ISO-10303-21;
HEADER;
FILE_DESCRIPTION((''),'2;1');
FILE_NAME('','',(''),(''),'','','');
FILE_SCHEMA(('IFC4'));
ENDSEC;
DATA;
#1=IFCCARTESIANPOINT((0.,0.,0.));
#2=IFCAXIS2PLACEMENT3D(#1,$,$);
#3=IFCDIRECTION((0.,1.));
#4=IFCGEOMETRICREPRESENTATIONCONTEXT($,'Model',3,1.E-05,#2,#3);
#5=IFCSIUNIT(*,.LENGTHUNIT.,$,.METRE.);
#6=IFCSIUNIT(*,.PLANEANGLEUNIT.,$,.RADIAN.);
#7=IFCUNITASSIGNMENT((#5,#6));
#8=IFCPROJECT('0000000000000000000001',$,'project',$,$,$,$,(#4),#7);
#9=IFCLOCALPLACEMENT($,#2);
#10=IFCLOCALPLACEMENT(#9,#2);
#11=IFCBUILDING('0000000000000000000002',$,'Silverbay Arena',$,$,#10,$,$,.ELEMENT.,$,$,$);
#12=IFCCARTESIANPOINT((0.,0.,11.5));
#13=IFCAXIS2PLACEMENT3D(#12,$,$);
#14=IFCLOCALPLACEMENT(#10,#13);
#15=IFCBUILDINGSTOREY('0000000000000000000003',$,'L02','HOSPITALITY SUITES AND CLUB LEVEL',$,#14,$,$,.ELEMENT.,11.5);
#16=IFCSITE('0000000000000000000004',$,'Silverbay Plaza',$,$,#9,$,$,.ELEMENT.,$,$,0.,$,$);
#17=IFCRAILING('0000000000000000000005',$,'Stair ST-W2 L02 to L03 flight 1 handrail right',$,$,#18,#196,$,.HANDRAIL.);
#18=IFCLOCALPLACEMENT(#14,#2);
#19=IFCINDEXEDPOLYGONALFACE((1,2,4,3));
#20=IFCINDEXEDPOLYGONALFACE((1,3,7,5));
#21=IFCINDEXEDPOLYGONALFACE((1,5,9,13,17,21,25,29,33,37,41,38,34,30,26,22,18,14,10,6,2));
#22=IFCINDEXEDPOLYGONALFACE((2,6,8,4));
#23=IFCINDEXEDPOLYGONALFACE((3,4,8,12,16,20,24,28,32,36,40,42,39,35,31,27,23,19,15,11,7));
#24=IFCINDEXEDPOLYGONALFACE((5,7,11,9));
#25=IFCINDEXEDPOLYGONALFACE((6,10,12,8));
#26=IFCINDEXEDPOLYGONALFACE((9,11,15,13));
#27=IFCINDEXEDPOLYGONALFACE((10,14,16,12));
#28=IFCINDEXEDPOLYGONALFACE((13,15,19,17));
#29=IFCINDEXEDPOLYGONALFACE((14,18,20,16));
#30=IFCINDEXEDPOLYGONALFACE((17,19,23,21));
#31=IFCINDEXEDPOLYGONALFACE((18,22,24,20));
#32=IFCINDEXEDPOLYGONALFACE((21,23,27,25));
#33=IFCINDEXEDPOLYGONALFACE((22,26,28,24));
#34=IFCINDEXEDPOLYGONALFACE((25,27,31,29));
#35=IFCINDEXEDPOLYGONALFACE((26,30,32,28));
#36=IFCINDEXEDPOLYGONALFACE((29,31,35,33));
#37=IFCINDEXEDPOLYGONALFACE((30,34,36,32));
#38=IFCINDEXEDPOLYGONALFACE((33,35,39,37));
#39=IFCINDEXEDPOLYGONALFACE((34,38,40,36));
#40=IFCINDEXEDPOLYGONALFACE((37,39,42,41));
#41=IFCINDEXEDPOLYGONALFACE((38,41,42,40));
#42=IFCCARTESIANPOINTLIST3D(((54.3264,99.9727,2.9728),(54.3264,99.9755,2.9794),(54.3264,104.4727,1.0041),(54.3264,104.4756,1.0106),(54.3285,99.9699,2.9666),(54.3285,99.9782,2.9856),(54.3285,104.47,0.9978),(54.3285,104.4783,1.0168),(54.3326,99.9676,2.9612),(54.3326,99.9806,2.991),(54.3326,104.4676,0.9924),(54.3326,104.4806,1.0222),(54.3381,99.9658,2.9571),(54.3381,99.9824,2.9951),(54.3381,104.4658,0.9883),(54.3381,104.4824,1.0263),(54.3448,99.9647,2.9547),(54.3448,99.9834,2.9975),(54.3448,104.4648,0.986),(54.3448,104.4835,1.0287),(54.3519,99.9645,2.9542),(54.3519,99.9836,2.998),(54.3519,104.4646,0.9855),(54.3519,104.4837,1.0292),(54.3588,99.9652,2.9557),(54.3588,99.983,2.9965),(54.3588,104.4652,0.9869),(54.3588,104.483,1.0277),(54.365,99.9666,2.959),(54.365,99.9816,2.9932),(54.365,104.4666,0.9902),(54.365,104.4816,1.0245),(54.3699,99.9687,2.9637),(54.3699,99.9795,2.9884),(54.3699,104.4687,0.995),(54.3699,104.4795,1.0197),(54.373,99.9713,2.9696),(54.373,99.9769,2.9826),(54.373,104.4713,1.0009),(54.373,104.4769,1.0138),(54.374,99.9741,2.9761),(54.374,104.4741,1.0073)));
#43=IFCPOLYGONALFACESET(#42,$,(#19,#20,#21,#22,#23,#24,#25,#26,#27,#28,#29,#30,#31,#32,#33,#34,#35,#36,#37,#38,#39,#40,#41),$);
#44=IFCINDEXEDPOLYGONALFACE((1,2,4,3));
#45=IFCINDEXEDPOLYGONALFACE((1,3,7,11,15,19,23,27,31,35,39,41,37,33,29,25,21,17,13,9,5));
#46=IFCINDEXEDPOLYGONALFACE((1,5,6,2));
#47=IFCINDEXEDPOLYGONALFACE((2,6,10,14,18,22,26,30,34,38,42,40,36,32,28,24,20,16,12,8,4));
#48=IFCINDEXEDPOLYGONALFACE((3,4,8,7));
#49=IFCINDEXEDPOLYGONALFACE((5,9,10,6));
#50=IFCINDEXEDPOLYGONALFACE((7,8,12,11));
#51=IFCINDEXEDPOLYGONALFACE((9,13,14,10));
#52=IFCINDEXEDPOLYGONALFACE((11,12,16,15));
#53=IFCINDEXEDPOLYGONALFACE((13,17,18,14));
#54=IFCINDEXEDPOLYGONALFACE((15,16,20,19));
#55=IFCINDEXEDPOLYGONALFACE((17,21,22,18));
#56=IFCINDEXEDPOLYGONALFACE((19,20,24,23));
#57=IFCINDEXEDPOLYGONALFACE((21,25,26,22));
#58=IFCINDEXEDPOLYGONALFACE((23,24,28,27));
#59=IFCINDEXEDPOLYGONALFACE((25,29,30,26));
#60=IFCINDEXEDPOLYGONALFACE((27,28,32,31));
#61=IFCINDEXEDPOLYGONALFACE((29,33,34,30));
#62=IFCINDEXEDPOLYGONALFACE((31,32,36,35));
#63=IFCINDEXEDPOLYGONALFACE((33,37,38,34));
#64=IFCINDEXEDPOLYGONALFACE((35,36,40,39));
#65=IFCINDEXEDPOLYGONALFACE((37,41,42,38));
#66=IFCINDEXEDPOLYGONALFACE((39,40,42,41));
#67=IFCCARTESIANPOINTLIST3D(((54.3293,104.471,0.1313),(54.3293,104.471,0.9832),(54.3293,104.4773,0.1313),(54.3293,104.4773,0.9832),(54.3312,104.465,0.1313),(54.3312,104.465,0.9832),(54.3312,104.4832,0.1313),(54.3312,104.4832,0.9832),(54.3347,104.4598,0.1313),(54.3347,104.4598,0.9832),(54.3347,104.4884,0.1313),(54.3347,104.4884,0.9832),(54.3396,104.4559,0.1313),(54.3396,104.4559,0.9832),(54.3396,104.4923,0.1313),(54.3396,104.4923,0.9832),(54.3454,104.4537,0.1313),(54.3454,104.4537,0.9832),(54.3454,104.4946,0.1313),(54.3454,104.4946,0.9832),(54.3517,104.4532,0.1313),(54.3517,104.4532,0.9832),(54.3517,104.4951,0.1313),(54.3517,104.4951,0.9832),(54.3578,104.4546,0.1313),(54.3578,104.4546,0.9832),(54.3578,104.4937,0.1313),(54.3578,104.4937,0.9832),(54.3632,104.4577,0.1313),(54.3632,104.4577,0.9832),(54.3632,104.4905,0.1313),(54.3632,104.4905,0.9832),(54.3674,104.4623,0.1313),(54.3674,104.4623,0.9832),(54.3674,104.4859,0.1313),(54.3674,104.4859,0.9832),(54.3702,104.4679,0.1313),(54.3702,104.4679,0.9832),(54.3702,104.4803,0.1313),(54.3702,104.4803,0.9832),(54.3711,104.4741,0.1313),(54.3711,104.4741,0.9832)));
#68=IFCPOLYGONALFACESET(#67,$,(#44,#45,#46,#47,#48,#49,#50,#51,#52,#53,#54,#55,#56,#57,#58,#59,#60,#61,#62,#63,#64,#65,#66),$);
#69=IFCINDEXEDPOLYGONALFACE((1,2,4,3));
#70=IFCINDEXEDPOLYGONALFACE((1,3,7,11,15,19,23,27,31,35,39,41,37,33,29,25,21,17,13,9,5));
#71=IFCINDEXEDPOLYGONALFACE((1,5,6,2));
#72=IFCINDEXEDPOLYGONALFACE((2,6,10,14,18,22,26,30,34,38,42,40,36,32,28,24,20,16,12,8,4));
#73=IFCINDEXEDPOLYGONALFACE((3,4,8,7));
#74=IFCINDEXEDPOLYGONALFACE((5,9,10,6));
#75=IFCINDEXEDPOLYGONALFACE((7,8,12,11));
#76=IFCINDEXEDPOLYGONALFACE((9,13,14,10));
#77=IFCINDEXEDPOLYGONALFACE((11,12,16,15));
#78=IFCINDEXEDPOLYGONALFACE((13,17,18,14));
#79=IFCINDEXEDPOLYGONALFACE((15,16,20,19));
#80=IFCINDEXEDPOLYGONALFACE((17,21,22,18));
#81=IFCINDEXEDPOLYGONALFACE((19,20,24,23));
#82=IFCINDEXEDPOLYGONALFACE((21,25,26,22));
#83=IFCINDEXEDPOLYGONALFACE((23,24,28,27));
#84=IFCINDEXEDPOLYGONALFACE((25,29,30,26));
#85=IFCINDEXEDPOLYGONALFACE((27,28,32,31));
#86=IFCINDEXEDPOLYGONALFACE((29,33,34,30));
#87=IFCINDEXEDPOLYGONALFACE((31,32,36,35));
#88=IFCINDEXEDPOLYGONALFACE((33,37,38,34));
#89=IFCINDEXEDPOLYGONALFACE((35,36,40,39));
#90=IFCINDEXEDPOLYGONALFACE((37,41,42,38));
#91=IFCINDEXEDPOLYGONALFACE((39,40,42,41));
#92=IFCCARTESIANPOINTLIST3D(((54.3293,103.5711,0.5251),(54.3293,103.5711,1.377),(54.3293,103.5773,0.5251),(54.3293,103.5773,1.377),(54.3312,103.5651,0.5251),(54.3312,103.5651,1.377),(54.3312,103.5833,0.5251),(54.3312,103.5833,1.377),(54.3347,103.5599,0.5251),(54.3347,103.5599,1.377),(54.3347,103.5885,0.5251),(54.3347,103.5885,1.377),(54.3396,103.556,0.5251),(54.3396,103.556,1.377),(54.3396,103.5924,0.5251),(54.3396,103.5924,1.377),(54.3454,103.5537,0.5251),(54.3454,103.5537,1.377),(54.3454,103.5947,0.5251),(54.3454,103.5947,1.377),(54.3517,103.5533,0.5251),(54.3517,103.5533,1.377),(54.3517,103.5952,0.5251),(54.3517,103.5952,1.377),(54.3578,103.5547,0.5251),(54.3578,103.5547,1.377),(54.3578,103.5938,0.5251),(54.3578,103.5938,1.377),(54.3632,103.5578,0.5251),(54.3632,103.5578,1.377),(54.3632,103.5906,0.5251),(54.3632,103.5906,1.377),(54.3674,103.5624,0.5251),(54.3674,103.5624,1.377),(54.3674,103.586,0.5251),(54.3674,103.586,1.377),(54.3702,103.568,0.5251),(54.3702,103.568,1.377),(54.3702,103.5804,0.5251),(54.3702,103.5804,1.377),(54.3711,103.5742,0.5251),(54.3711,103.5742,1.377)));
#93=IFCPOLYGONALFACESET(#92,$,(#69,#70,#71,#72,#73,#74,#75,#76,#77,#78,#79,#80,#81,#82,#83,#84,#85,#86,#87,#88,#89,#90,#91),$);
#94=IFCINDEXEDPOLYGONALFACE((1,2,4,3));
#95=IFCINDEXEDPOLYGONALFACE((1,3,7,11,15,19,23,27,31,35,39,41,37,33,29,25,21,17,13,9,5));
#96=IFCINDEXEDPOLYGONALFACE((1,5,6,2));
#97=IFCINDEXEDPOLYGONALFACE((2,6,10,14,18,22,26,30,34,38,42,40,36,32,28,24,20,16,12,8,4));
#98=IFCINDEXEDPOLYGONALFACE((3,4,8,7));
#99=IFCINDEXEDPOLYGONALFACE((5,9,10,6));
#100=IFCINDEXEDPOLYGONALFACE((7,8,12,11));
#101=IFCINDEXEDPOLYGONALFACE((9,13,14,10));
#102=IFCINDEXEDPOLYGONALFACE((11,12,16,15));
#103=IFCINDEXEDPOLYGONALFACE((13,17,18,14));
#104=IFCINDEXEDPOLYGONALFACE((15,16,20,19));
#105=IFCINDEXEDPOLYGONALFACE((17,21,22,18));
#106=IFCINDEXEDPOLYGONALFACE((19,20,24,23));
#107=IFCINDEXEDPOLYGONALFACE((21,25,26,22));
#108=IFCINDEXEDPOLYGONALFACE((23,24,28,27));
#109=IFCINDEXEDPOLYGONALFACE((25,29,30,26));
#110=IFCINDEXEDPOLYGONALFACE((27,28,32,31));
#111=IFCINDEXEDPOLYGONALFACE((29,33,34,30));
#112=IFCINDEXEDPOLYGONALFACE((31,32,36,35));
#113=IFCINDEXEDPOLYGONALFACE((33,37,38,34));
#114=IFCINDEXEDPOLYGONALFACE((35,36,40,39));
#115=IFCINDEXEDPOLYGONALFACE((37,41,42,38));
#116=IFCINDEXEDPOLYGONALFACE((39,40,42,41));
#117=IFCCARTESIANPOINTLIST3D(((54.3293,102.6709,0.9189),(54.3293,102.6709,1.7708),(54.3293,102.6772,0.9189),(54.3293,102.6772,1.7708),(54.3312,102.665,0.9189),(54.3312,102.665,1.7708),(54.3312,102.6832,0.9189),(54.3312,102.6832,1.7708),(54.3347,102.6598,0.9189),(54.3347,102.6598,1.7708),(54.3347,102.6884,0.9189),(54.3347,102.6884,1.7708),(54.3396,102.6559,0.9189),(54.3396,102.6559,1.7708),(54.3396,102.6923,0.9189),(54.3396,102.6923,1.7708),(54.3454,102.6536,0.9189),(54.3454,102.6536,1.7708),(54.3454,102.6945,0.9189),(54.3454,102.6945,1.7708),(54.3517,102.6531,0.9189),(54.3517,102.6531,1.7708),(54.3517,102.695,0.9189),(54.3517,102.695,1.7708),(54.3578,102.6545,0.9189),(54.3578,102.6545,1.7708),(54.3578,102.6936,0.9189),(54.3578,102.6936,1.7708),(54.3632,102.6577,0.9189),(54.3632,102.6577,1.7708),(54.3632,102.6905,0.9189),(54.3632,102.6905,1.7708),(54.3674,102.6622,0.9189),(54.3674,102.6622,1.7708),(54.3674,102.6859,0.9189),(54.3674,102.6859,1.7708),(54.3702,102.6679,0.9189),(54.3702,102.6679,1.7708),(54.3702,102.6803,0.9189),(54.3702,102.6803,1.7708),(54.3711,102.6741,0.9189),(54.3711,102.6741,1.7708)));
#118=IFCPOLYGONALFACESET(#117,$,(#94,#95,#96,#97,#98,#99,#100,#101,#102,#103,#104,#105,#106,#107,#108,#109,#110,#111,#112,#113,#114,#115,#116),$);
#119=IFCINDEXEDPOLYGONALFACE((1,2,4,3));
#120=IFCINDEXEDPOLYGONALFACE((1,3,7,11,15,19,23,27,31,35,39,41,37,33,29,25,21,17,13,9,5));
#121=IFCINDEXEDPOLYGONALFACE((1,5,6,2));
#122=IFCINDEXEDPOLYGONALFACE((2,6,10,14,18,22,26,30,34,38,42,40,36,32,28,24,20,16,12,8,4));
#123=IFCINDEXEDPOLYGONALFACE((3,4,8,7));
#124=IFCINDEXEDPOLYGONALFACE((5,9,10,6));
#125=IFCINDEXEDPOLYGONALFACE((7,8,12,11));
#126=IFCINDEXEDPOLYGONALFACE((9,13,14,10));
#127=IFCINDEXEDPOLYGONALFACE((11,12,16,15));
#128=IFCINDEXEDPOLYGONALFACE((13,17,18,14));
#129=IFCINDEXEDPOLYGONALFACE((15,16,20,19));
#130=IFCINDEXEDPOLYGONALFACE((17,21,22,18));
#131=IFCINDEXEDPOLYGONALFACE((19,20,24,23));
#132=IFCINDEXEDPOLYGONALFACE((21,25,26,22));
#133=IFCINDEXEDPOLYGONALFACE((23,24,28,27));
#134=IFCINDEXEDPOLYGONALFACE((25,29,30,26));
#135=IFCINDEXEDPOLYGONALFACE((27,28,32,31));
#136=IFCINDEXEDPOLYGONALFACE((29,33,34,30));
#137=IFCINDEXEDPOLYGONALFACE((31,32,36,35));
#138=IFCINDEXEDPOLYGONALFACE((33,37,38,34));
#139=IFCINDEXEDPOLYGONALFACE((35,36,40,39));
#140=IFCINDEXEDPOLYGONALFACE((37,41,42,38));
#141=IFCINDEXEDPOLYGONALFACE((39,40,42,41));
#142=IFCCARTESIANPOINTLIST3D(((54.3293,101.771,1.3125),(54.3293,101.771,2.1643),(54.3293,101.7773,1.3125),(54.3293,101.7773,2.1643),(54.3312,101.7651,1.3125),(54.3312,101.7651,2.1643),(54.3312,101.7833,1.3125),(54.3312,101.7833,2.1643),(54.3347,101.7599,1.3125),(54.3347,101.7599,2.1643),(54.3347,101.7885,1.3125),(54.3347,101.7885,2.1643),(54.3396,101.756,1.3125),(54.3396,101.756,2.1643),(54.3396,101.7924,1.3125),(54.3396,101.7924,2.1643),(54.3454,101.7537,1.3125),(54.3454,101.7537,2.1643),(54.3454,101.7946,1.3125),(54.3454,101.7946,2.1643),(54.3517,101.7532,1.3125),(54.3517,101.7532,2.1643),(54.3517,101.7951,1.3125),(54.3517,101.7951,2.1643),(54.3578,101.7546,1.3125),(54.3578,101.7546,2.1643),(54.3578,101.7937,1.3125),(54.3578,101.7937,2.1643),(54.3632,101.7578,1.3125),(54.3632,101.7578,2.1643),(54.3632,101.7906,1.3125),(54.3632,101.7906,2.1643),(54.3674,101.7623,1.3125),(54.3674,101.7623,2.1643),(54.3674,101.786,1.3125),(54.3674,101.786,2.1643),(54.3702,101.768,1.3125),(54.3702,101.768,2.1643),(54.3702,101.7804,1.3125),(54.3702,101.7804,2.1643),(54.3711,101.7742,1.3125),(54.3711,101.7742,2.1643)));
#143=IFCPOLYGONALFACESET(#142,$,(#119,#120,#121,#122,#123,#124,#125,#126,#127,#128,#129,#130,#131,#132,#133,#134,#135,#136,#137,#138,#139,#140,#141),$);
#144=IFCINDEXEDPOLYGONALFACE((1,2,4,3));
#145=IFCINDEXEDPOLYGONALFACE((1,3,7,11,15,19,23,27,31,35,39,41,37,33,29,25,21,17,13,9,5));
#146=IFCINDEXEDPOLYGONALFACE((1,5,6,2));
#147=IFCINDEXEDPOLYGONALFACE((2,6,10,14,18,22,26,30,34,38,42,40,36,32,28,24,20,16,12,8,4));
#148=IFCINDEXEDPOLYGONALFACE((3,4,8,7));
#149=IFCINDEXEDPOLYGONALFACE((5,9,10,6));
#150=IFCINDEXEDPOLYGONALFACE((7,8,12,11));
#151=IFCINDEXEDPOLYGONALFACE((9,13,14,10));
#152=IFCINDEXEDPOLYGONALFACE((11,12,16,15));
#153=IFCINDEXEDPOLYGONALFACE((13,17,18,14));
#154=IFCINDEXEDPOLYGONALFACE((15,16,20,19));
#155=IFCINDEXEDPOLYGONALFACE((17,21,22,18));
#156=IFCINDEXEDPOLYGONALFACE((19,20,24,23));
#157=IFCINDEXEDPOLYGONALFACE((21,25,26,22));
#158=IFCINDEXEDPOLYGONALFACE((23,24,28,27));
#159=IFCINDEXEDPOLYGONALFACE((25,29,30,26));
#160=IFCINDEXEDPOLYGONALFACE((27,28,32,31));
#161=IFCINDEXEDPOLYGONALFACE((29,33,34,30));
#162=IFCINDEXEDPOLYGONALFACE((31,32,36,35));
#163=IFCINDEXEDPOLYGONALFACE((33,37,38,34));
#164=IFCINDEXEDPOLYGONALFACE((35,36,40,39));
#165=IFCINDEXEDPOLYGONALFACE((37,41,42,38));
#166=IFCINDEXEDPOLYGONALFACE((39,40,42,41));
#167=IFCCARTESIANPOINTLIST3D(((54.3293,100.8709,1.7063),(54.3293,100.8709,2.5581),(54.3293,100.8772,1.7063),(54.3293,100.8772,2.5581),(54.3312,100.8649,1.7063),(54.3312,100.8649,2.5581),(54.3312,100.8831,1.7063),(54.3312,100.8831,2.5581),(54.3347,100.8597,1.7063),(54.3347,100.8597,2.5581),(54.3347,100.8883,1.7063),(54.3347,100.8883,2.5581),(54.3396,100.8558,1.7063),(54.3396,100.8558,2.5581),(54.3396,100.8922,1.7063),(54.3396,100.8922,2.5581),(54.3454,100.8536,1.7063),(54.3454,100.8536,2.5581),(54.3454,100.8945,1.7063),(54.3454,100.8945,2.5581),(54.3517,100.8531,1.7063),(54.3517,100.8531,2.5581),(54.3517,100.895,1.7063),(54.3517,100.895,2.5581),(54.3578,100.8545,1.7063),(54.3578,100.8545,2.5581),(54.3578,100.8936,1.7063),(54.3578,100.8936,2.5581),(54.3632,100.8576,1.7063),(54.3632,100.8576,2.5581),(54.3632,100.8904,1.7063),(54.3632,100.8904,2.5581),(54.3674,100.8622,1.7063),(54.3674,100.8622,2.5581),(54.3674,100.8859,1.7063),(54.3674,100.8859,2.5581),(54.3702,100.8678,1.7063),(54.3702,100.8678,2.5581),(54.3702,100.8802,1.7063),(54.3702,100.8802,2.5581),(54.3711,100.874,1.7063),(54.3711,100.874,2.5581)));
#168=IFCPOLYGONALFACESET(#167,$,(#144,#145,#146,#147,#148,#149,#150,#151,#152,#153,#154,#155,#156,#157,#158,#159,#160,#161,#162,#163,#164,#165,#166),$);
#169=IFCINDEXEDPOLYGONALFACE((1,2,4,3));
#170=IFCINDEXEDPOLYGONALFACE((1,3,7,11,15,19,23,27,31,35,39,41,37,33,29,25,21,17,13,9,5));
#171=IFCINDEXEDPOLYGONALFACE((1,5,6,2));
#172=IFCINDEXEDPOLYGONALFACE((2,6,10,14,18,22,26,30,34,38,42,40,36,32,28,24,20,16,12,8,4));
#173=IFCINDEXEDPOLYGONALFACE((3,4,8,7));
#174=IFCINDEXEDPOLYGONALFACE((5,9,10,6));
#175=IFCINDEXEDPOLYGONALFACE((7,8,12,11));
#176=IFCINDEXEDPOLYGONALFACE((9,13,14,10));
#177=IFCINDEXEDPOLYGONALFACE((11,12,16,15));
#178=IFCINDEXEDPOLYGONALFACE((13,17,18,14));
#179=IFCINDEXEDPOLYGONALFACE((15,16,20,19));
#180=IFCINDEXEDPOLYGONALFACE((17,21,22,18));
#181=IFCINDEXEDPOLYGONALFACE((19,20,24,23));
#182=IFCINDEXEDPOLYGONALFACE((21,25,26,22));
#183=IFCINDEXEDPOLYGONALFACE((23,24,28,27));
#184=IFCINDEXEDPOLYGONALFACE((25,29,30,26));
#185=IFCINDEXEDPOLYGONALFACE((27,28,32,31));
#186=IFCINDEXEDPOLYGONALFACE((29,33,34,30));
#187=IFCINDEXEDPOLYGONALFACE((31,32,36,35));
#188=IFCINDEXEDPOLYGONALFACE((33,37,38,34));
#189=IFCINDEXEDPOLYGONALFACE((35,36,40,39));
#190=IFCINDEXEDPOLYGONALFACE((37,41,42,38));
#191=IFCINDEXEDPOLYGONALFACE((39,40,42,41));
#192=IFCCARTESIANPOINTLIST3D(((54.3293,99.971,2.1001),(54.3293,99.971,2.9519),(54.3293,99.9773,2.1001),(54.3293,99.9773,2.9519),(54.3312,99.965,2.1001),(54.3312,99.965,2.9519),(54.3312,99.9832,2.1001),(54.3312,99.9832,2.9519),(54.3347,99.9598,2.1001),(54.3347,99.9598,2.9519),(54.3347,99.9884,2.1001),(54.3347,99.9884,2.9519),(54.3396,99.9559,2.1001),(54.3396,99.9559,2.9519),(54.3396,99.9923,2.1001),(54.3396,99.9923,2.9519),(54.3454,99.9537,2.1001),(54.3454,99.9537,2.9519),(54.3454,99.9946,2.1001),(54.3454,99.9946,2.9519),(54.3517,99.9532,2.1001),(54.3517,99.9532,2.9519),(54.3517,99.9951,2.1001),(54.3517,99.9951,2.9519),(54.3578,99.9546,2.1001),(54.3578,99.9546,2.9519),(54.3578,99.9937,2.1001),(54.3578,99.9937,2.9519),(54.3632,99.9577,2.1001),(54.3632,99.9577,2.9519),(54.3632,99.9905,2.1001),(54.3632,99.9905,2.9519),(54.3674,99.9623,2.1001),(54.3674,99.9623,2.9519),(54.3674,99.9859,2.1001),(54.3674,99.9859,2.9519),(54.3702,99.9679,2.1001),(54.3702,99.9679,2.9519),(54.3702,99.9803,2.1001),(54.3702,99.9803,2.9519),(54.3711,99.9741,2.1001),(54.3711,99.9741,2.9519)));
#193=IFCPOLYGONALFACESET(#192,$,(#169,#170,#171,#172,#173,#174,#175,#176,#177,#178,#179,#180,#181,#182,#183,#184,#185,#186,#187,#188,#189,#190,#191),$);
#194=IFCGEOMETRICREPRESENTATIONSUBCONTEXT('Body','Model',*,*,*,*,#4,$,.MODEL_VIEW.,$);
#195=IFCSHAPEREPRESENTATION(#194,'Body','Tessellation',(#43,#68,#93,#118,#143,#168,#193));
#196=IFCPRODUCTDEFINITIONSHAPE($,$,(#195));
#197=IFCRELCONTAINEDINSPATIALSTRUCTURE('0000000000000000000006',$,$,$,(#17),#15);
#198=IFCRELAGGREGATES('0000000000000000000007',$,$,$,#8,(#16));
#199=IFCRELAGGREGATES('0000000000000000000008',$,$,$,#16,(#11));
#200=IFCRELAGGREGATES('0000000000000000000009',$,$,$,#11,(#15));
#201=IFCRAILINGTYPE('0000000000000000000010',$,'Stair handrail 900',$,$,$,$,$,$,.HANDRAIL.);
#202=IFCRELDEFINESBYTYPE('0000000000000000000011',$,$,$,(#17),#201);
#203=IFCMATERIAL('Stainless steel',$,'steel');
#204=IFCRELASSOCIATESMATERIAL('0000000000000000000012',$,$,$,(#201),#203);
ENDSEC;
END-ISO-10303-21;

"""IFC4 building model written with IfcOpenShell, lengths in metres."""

from ifc_helpers import new_model, si_unit, direction, frame, origin, origin_2d, place, context, subcontext, project, spatial, circle, extrude, material, type_object, element, save


model = new_model("IFC4")

# Units and contexts
model_context = context("Model", 3, precision=1e-05, world=origin(), true_north=direction((0.0, 1.0)))
body_context = subcontext(model_context, "Body", "Model", "MODEL_VIEW")
ifc_project = project(units=[si_unit("LENGTHUNIT", "METRE"), si_unit("PLANEANGLEUNIT", "RADIAN")], contexts=[model_context])

# Site, building, storey
site_placement = place(None, origin())
site = spatial("IfcSite", under=ifc_project, at=site_placement, Name="Silverbay Plaza", CompositionType="ELEMENT", RefElevation=0.0)
building_placement = place(site_placement, origin())
building = spatial("IfcBuilding", under=site, at=building_placement, Name="Silverbay Arena", CompositionType="ELEMENT")
storey_placement = place(building_placement, frame((0.0, 0.0, 11.5)))
storey = spatial("IfcBuildingStorey", under=building, at=storey_placement, Name="L02", Description="HOSPITALITY SUITES AND CLUB LEVEL", CompositionType="ELEMENT", Elevation=11.5)

# Railing
ifc_material_1 = material(Name="Stainless steel", Category="steel")
railing_type_1 = type_object("IfcRailingType", Name="Stair handrail 900", PredefinedType="HANDRAIL", material=ifc_material_1)
for number, where, name in (
    (1, (54.3501, 104.4741, 0.1313), "Stair ST-W2 L02 to L03 flight 1 handrail right"),
):
    element("IfcRailing", number, at=place(storey_placement, frame(where)), inside=storey, type_object=railing_type_1, Name=name, PredefinedType="HANDRAIL", context=body_context, shape_type="SweptSolid", body=[
        extrude(circle(Radius=0.0239, at=origin_2d()), frame((0.0, 0.0, 0.876), z_axis=(0.0, -0.916157, 0.400819), x_axis=(1.0, 0.0, 0.0)), (0.0, 0.0, 1.0), 4.9119),
        extrude(circle(Radius=0.021, at=origin_2d()), origin(), (0.0, 0.0, 1.0), 0.8518),
        extrude(circle(Radius=0.021, at=origin_2d()), frame((0.0, -0.8999, 0.3938)), (0.0, 0.0, 1.0), 0.8518),
        extrude(circle(Radius=0.021, at=origin_2d()), frame((0.0, -1.8, 0.7876)), (0.0, 0.0, 1.0), 0.8518),
        extrude(circle(Radius=0.021, at=origin_2d()), frame((0.0, -2.7, 1.1812)), (0.0, 0.0, 1.0), 0.8518),
        extrude(circle(Radius=0.021, at=origin_2d()), frame((0.0, -3.6001, 1.575)), (0.0, 0.0, 1.0), 0.8518),
        extrude(circle(Radius=0.021, at=origin_2d()), frame((0.0, -4.5, 1.9688)), (0.0, 0.0, 1.0), 0.8518),
    ])

save(model, "model.ifc")
